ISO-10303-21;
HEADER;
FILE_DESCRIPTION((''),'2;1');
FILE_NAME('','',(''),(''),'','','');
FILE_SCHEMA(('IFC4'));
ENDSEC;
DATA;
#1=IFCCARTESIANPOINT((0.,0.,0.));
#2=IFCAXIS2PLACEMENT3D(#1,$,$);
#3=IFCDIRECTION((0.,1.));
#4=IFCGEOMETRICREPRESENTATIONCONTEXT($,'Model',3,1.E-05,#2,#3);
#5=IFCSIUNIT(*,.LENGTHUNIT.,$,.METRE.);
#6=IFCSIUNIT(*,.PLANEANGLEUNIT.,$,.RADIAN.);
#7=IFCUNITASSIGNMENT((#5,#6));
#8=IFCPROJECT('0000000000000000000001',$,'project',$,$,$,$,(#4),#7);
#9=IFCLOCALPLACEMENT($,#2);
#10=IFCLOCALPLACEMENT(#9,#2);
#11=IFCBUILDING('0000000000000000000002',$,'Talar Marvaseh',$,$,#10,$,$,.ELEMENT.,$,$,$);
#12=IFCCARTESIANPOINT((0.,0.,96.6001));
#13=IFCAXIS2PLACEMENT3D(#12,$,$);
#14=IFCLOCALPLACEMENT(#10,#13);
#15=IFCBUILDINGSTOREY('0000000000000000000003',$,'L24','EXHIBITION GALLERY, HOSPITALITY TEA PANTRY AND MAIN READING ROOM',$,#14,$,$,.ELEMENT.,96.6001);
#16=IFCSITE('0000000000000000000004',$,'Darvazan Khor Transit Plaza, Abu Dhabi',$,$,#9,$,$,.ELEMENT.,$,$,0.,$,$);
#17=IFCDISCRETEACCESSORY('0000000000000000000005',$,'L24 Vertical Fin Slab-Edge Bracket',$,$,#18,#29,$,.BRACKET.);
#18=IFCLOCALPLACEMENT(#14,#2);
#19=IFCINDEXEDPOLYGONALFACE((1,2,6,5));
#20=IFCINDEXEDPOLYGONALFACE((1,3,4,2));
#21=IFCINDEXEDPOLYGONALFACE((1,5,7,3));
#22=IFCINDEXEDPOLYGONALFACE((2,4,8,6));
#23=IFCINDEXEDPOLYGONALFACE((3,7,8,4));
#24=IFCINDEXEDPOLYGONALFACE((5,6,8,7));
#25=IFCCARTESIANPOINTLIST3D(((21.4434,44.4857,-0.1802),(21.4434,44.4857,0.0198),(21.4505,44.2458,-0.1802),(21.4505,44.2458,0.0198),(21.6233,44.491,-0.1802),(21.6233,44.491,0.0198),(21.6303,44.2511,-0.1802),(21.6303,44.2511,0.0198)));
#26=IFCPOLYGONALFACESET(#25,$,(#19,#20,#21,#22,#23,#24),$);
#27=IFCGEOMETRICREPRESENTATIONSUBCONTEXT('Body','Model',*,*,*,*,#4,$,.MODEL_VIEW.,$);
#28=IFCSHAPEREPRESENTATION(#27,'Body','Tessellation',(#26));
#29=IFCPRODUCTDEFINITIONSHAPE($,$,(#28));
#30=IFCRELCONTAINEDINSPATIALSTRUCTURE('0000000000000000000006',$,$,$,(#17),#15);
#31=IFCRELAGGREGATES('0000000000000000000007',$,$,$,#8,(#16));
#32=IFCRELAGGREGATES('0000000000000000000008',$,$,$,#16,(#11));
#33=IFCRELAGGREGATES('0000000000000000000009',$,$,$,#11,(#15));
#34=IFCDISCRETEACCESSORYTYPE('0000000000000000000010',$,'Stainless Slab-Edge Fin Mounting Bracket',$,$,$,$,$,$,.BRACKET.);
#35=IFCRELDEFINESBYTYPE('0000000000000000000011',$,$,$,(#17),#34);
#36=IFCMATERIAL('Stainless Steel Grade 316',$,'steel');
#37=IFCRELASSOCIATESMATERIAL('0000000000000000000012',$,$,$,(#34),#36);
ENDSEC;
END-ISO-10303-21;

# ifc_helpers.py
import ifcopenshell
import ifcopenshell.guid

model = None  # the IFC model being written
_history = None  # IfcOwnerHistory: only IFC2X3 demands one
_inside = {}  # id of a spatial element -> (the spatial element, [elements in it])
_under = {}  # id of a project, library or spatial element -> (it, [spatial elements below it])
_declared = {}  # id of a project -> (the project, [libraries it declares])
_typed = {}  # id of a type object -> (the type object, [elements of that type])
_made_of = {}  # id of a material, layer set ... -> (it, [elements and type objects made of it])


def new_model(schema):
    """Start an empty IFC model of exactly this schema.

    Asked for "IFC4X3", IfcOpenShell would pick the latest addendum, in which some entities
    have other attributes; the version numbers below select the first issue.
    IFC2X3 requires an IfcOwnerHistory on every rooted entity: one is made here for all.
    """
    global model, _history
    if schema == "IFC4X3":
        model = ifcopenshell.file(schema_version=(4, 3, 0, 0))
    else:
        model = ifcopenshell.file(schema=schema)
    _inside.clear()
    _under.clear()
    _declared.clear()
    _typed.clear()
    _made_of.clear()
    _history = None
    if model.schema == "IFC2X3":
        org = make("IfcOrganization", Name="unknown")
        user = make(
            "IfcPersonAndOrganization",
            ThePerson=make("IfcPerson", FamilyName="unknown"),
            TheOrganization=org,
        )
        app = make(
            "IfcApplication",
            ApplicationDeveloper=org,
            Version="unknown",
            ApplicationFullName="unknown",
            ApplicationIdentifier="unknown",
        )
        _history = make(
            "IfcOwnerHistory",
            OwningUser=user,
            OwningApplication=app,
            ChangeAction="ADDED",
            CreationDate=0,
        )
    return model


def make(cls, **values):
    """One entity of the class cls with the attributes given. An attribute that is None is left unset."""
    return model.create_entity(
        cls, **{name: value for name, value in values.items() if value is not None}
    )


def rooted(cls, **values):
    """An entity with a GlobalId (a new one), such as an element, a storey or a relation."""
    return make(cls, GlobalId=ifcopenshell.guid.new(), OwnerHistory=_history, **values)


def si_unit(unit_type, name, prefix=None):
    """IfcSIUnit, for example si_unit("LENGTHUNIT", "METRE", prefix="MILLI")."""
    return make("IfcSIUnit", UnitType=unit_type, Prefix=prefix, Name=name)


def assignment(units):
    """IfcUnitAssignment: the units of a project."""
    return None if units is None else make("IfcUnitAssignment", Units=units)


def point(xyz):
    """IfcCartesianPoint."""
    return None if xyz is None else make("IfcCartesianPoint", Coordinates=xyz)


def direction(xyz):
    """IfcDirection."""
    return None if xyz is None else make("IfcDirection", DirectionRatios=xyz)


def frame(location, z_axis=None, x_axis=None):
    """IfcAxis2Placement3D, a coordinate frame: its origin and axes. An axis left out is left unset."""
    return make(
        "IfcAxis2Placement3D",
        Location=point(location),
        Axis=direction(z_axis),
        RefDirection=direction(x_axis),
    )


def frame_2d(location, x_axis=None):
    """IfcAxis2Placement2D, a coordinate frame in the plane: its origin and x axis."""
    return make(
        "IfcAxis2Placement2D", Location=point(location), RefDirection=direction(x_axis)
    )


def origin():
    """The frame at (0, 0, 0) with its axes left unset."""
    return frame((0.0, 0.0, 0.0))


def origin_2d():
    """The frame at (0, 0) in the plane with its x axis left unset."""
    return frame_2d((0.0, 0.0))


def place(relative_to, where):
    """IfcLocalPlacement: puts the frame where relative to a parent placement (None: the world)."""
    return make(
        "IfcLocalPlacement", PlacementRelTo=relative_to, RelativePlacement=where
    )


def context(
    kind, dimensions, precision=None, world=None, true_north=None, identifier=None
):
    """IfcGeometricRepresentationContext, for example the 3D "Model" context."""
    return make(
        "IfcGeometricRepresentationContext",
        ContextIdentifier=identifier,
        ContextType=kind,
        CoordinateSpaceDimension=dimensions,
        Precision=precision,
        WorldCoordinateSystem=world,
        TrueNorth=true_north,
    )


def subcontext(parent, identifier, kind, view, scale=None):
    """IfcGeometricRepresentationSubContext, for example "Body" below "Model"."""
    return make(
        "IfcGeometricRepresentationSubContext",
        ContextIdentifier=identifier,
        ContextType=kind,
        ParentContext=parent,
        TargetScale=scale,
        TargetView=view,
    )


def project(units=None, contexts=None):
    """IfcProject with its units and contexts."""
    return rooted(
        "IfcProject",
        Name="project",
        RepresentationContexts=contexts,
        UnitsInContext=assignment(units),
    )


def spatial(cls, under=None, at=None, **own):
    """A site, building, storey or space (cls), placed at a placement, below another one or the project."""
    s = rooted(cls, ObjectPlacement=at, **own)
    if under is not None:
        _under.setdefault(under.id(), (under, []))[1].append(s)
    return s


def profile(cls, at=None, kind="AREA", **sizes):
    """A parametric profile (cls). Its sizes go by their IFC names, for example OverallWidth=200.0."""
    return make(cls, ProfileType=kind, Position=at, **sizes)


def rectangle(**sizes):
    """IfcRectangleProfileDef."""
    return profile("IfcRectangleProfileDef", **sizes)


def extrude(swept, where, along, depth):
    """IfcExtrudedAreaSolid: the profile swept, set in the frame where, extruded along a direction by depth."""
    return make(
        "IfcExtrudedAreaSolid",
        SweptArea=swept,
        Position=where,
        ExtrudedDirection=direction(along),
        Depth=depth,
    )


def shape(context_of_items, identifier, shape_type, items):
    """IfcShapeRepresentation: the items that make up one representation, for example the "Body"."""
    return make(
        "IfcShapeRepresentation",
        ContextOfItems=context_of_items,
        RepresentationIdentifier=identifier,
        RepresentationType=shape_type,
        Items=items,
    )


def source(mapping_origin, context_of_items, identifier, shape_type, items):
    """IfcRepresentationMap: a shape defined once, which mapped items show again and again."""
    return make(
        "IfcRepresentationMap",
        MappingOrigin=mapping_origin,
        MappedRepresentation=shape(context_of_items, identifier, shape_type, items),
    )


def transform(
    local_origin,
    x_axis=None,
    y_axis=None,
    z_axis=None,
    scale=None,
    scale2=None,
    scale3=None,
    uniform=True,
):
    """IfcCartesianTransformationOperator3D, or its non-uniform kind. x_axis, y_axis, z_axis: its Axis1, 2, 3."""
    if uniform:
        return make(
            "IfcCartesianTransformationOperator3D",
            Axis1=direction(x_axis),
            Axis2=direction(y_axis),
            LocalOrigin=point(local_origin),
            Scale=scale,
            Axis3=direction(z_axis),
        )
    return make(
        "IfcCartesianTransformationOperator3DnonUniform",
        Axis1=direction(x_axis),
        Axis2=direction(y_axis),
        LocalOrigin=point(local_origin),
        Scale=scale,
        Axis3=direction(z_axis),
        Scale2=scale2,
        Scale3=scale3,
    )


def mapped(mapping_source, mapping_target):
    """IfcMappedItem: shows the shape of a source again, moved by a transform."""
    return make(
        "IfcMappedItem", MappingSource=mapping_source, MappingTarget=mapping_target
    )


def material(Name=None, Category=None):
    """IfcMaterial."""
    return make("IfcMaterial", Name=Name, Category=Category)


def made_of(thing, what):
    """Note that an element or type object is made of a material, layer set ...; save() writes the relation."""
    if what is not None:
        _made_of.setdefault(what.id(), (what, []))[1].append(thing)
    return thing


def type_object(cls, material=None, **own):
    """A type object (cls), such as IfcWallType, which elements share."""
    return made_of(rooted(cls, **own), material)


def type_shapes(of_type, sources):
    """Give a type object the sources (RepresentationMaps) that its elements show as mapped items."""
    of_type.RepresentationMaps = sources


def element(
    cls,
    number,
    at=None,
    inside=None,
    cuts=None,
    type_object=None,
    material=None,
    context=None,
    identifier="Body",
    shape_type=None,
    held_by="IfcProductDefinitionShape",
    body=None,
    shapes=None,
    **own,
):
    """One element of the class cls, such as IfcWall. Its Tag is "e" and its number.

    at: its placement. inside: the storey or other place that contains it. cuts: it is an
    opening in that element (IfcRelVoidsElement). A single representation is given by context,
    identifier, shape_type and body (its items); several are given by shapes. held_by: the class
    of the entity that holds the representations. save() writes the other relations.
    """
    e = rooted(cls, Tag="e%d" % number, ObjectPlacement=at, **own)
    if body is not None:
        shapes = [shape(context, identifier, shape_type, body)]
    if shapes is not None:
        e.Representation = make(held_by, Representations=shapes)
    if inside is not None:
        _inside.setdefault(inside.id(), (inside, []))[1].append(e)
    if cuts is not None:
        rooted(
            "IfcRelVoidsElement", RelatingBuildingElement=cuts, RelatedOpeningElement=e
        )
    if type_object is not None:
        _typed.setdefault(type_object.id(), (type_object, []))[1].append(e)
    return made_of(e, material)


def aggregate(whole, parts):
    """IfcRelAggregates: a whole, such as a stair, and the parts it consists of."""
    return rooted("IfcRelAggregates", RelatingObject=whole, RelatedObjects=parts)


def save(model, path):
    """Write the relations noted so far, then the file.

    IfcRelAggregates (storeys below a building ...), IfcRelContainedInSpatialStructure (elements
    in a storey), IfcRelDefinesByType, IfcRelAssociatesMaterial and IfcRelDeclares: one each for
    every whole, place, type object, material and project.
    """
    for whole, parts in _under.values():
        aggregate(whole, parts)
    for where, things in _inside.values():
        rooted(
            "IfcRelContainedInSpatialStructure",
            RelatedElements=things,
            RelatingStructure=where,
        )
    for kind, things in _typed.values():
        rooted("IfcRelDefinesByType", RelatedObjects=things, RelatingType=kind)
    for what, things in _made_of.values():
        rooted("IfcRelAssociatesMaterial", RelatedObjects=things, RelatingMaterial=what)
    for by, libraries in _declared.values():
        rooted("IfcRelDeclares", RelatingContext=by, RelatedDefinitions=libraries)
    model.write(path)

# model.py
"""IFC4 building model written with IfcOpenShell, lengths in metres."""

from ifc_helpers import new_model, si_unit, direction, frame, origin, origin_2d, place, context, subcontext, project, spatial, rectangle, extrude, source, transform, mapped, material, type_object, type_shapes, element, save


model = new_model("IFC4")

# Units and contexts
model_context = context("Model", 3, precision=1e-05, world=origin(), true_north=direction((0.0, 1.0)))
body_context = subcontext(model_context, "Body", "Model", "MODEL_VIEW")
ifc_project = project(units=[si_unit("LENGTHUNIT", "METRE"), si_unit("PLANEANGLEUNIT", "RADIAN")], contexts=[model_context])

# Site, building, storey
site_placement = place(None, origin())
site = spatial("IfcSite", under=ifc_project, at=site_placement, Name="Darvazan Khor Transit Plaza, Abu Dhabi", CompositionType="ELEMENT", RefElevation=0.0)
building_placement = place(site_placement, origin())
building = spatial("IfcBuilding", under=site, at=building_placement, Name="Talar Marvaseh", CompositionType="ELEMENT")
storey_placement = place(building_placement, frame((0.0, 0.0, 96.6001)))
storey = spatial("IfcBuildingStorey", under=building, at=storey_placement, Name="L24", Description="EXHIBITION GALLERY, HOSPITALITY TEA PANTRY AND MAIN READING ROOM", CompositionType="ELEMENT", Elevation=96.6001)

# Shared definitions
ifc_material_1 = material(Name="Stainless Steel Grade 316", Category="steel")

# Discrete accessory
discrete_accessory_type = type_object("IfcDiscreteAccessoryType", Name="Stainless Slab-Edge Fin Mounting Bracket", PredefinedType="BRACKET", material=ifc_material_1)
shared_shape_1 = source(origin(), body_context, "Body", "SweptSolid", [
    extrude(rectangle(XDim=0.24, YDim=0.1799, at=origin_2d()), origin(), (0.0, 0.0, 1.0), 0.2),
])
type_shapes(discrete_accessory_type, [shared_shape_1])
for number, where, z_axis, x_axis, name in (
    (1, (21.5369, 44.3684, -0.1802), (0.0, 0.0, 1.0), (-0.029317, 0.99957, 0.0), "L24 Vertical Fin Slab-Edge Bracket"),
):
    element("IfcDiscreteAccessory", number, at=place(storey_placement, frame(where, z_axis=z_axis, x_axis=x_axis)), inside=storey, type_object=discrete_accessory_type, Name=name, PredefinedType="BRACKET", context=body_context, shape_type="MappedRepresentation", body=[
        mapped(shared_shape_1, transform((0.0, 0.0, 0.0), x_axis=(1.0, 0.0, 0.0), y_axis=(0.0, 1.0, 0.0), z_axis=(0.0, 0.0, 1.0), scale=1.0)),
    ])

save(model, "model.ifc")
